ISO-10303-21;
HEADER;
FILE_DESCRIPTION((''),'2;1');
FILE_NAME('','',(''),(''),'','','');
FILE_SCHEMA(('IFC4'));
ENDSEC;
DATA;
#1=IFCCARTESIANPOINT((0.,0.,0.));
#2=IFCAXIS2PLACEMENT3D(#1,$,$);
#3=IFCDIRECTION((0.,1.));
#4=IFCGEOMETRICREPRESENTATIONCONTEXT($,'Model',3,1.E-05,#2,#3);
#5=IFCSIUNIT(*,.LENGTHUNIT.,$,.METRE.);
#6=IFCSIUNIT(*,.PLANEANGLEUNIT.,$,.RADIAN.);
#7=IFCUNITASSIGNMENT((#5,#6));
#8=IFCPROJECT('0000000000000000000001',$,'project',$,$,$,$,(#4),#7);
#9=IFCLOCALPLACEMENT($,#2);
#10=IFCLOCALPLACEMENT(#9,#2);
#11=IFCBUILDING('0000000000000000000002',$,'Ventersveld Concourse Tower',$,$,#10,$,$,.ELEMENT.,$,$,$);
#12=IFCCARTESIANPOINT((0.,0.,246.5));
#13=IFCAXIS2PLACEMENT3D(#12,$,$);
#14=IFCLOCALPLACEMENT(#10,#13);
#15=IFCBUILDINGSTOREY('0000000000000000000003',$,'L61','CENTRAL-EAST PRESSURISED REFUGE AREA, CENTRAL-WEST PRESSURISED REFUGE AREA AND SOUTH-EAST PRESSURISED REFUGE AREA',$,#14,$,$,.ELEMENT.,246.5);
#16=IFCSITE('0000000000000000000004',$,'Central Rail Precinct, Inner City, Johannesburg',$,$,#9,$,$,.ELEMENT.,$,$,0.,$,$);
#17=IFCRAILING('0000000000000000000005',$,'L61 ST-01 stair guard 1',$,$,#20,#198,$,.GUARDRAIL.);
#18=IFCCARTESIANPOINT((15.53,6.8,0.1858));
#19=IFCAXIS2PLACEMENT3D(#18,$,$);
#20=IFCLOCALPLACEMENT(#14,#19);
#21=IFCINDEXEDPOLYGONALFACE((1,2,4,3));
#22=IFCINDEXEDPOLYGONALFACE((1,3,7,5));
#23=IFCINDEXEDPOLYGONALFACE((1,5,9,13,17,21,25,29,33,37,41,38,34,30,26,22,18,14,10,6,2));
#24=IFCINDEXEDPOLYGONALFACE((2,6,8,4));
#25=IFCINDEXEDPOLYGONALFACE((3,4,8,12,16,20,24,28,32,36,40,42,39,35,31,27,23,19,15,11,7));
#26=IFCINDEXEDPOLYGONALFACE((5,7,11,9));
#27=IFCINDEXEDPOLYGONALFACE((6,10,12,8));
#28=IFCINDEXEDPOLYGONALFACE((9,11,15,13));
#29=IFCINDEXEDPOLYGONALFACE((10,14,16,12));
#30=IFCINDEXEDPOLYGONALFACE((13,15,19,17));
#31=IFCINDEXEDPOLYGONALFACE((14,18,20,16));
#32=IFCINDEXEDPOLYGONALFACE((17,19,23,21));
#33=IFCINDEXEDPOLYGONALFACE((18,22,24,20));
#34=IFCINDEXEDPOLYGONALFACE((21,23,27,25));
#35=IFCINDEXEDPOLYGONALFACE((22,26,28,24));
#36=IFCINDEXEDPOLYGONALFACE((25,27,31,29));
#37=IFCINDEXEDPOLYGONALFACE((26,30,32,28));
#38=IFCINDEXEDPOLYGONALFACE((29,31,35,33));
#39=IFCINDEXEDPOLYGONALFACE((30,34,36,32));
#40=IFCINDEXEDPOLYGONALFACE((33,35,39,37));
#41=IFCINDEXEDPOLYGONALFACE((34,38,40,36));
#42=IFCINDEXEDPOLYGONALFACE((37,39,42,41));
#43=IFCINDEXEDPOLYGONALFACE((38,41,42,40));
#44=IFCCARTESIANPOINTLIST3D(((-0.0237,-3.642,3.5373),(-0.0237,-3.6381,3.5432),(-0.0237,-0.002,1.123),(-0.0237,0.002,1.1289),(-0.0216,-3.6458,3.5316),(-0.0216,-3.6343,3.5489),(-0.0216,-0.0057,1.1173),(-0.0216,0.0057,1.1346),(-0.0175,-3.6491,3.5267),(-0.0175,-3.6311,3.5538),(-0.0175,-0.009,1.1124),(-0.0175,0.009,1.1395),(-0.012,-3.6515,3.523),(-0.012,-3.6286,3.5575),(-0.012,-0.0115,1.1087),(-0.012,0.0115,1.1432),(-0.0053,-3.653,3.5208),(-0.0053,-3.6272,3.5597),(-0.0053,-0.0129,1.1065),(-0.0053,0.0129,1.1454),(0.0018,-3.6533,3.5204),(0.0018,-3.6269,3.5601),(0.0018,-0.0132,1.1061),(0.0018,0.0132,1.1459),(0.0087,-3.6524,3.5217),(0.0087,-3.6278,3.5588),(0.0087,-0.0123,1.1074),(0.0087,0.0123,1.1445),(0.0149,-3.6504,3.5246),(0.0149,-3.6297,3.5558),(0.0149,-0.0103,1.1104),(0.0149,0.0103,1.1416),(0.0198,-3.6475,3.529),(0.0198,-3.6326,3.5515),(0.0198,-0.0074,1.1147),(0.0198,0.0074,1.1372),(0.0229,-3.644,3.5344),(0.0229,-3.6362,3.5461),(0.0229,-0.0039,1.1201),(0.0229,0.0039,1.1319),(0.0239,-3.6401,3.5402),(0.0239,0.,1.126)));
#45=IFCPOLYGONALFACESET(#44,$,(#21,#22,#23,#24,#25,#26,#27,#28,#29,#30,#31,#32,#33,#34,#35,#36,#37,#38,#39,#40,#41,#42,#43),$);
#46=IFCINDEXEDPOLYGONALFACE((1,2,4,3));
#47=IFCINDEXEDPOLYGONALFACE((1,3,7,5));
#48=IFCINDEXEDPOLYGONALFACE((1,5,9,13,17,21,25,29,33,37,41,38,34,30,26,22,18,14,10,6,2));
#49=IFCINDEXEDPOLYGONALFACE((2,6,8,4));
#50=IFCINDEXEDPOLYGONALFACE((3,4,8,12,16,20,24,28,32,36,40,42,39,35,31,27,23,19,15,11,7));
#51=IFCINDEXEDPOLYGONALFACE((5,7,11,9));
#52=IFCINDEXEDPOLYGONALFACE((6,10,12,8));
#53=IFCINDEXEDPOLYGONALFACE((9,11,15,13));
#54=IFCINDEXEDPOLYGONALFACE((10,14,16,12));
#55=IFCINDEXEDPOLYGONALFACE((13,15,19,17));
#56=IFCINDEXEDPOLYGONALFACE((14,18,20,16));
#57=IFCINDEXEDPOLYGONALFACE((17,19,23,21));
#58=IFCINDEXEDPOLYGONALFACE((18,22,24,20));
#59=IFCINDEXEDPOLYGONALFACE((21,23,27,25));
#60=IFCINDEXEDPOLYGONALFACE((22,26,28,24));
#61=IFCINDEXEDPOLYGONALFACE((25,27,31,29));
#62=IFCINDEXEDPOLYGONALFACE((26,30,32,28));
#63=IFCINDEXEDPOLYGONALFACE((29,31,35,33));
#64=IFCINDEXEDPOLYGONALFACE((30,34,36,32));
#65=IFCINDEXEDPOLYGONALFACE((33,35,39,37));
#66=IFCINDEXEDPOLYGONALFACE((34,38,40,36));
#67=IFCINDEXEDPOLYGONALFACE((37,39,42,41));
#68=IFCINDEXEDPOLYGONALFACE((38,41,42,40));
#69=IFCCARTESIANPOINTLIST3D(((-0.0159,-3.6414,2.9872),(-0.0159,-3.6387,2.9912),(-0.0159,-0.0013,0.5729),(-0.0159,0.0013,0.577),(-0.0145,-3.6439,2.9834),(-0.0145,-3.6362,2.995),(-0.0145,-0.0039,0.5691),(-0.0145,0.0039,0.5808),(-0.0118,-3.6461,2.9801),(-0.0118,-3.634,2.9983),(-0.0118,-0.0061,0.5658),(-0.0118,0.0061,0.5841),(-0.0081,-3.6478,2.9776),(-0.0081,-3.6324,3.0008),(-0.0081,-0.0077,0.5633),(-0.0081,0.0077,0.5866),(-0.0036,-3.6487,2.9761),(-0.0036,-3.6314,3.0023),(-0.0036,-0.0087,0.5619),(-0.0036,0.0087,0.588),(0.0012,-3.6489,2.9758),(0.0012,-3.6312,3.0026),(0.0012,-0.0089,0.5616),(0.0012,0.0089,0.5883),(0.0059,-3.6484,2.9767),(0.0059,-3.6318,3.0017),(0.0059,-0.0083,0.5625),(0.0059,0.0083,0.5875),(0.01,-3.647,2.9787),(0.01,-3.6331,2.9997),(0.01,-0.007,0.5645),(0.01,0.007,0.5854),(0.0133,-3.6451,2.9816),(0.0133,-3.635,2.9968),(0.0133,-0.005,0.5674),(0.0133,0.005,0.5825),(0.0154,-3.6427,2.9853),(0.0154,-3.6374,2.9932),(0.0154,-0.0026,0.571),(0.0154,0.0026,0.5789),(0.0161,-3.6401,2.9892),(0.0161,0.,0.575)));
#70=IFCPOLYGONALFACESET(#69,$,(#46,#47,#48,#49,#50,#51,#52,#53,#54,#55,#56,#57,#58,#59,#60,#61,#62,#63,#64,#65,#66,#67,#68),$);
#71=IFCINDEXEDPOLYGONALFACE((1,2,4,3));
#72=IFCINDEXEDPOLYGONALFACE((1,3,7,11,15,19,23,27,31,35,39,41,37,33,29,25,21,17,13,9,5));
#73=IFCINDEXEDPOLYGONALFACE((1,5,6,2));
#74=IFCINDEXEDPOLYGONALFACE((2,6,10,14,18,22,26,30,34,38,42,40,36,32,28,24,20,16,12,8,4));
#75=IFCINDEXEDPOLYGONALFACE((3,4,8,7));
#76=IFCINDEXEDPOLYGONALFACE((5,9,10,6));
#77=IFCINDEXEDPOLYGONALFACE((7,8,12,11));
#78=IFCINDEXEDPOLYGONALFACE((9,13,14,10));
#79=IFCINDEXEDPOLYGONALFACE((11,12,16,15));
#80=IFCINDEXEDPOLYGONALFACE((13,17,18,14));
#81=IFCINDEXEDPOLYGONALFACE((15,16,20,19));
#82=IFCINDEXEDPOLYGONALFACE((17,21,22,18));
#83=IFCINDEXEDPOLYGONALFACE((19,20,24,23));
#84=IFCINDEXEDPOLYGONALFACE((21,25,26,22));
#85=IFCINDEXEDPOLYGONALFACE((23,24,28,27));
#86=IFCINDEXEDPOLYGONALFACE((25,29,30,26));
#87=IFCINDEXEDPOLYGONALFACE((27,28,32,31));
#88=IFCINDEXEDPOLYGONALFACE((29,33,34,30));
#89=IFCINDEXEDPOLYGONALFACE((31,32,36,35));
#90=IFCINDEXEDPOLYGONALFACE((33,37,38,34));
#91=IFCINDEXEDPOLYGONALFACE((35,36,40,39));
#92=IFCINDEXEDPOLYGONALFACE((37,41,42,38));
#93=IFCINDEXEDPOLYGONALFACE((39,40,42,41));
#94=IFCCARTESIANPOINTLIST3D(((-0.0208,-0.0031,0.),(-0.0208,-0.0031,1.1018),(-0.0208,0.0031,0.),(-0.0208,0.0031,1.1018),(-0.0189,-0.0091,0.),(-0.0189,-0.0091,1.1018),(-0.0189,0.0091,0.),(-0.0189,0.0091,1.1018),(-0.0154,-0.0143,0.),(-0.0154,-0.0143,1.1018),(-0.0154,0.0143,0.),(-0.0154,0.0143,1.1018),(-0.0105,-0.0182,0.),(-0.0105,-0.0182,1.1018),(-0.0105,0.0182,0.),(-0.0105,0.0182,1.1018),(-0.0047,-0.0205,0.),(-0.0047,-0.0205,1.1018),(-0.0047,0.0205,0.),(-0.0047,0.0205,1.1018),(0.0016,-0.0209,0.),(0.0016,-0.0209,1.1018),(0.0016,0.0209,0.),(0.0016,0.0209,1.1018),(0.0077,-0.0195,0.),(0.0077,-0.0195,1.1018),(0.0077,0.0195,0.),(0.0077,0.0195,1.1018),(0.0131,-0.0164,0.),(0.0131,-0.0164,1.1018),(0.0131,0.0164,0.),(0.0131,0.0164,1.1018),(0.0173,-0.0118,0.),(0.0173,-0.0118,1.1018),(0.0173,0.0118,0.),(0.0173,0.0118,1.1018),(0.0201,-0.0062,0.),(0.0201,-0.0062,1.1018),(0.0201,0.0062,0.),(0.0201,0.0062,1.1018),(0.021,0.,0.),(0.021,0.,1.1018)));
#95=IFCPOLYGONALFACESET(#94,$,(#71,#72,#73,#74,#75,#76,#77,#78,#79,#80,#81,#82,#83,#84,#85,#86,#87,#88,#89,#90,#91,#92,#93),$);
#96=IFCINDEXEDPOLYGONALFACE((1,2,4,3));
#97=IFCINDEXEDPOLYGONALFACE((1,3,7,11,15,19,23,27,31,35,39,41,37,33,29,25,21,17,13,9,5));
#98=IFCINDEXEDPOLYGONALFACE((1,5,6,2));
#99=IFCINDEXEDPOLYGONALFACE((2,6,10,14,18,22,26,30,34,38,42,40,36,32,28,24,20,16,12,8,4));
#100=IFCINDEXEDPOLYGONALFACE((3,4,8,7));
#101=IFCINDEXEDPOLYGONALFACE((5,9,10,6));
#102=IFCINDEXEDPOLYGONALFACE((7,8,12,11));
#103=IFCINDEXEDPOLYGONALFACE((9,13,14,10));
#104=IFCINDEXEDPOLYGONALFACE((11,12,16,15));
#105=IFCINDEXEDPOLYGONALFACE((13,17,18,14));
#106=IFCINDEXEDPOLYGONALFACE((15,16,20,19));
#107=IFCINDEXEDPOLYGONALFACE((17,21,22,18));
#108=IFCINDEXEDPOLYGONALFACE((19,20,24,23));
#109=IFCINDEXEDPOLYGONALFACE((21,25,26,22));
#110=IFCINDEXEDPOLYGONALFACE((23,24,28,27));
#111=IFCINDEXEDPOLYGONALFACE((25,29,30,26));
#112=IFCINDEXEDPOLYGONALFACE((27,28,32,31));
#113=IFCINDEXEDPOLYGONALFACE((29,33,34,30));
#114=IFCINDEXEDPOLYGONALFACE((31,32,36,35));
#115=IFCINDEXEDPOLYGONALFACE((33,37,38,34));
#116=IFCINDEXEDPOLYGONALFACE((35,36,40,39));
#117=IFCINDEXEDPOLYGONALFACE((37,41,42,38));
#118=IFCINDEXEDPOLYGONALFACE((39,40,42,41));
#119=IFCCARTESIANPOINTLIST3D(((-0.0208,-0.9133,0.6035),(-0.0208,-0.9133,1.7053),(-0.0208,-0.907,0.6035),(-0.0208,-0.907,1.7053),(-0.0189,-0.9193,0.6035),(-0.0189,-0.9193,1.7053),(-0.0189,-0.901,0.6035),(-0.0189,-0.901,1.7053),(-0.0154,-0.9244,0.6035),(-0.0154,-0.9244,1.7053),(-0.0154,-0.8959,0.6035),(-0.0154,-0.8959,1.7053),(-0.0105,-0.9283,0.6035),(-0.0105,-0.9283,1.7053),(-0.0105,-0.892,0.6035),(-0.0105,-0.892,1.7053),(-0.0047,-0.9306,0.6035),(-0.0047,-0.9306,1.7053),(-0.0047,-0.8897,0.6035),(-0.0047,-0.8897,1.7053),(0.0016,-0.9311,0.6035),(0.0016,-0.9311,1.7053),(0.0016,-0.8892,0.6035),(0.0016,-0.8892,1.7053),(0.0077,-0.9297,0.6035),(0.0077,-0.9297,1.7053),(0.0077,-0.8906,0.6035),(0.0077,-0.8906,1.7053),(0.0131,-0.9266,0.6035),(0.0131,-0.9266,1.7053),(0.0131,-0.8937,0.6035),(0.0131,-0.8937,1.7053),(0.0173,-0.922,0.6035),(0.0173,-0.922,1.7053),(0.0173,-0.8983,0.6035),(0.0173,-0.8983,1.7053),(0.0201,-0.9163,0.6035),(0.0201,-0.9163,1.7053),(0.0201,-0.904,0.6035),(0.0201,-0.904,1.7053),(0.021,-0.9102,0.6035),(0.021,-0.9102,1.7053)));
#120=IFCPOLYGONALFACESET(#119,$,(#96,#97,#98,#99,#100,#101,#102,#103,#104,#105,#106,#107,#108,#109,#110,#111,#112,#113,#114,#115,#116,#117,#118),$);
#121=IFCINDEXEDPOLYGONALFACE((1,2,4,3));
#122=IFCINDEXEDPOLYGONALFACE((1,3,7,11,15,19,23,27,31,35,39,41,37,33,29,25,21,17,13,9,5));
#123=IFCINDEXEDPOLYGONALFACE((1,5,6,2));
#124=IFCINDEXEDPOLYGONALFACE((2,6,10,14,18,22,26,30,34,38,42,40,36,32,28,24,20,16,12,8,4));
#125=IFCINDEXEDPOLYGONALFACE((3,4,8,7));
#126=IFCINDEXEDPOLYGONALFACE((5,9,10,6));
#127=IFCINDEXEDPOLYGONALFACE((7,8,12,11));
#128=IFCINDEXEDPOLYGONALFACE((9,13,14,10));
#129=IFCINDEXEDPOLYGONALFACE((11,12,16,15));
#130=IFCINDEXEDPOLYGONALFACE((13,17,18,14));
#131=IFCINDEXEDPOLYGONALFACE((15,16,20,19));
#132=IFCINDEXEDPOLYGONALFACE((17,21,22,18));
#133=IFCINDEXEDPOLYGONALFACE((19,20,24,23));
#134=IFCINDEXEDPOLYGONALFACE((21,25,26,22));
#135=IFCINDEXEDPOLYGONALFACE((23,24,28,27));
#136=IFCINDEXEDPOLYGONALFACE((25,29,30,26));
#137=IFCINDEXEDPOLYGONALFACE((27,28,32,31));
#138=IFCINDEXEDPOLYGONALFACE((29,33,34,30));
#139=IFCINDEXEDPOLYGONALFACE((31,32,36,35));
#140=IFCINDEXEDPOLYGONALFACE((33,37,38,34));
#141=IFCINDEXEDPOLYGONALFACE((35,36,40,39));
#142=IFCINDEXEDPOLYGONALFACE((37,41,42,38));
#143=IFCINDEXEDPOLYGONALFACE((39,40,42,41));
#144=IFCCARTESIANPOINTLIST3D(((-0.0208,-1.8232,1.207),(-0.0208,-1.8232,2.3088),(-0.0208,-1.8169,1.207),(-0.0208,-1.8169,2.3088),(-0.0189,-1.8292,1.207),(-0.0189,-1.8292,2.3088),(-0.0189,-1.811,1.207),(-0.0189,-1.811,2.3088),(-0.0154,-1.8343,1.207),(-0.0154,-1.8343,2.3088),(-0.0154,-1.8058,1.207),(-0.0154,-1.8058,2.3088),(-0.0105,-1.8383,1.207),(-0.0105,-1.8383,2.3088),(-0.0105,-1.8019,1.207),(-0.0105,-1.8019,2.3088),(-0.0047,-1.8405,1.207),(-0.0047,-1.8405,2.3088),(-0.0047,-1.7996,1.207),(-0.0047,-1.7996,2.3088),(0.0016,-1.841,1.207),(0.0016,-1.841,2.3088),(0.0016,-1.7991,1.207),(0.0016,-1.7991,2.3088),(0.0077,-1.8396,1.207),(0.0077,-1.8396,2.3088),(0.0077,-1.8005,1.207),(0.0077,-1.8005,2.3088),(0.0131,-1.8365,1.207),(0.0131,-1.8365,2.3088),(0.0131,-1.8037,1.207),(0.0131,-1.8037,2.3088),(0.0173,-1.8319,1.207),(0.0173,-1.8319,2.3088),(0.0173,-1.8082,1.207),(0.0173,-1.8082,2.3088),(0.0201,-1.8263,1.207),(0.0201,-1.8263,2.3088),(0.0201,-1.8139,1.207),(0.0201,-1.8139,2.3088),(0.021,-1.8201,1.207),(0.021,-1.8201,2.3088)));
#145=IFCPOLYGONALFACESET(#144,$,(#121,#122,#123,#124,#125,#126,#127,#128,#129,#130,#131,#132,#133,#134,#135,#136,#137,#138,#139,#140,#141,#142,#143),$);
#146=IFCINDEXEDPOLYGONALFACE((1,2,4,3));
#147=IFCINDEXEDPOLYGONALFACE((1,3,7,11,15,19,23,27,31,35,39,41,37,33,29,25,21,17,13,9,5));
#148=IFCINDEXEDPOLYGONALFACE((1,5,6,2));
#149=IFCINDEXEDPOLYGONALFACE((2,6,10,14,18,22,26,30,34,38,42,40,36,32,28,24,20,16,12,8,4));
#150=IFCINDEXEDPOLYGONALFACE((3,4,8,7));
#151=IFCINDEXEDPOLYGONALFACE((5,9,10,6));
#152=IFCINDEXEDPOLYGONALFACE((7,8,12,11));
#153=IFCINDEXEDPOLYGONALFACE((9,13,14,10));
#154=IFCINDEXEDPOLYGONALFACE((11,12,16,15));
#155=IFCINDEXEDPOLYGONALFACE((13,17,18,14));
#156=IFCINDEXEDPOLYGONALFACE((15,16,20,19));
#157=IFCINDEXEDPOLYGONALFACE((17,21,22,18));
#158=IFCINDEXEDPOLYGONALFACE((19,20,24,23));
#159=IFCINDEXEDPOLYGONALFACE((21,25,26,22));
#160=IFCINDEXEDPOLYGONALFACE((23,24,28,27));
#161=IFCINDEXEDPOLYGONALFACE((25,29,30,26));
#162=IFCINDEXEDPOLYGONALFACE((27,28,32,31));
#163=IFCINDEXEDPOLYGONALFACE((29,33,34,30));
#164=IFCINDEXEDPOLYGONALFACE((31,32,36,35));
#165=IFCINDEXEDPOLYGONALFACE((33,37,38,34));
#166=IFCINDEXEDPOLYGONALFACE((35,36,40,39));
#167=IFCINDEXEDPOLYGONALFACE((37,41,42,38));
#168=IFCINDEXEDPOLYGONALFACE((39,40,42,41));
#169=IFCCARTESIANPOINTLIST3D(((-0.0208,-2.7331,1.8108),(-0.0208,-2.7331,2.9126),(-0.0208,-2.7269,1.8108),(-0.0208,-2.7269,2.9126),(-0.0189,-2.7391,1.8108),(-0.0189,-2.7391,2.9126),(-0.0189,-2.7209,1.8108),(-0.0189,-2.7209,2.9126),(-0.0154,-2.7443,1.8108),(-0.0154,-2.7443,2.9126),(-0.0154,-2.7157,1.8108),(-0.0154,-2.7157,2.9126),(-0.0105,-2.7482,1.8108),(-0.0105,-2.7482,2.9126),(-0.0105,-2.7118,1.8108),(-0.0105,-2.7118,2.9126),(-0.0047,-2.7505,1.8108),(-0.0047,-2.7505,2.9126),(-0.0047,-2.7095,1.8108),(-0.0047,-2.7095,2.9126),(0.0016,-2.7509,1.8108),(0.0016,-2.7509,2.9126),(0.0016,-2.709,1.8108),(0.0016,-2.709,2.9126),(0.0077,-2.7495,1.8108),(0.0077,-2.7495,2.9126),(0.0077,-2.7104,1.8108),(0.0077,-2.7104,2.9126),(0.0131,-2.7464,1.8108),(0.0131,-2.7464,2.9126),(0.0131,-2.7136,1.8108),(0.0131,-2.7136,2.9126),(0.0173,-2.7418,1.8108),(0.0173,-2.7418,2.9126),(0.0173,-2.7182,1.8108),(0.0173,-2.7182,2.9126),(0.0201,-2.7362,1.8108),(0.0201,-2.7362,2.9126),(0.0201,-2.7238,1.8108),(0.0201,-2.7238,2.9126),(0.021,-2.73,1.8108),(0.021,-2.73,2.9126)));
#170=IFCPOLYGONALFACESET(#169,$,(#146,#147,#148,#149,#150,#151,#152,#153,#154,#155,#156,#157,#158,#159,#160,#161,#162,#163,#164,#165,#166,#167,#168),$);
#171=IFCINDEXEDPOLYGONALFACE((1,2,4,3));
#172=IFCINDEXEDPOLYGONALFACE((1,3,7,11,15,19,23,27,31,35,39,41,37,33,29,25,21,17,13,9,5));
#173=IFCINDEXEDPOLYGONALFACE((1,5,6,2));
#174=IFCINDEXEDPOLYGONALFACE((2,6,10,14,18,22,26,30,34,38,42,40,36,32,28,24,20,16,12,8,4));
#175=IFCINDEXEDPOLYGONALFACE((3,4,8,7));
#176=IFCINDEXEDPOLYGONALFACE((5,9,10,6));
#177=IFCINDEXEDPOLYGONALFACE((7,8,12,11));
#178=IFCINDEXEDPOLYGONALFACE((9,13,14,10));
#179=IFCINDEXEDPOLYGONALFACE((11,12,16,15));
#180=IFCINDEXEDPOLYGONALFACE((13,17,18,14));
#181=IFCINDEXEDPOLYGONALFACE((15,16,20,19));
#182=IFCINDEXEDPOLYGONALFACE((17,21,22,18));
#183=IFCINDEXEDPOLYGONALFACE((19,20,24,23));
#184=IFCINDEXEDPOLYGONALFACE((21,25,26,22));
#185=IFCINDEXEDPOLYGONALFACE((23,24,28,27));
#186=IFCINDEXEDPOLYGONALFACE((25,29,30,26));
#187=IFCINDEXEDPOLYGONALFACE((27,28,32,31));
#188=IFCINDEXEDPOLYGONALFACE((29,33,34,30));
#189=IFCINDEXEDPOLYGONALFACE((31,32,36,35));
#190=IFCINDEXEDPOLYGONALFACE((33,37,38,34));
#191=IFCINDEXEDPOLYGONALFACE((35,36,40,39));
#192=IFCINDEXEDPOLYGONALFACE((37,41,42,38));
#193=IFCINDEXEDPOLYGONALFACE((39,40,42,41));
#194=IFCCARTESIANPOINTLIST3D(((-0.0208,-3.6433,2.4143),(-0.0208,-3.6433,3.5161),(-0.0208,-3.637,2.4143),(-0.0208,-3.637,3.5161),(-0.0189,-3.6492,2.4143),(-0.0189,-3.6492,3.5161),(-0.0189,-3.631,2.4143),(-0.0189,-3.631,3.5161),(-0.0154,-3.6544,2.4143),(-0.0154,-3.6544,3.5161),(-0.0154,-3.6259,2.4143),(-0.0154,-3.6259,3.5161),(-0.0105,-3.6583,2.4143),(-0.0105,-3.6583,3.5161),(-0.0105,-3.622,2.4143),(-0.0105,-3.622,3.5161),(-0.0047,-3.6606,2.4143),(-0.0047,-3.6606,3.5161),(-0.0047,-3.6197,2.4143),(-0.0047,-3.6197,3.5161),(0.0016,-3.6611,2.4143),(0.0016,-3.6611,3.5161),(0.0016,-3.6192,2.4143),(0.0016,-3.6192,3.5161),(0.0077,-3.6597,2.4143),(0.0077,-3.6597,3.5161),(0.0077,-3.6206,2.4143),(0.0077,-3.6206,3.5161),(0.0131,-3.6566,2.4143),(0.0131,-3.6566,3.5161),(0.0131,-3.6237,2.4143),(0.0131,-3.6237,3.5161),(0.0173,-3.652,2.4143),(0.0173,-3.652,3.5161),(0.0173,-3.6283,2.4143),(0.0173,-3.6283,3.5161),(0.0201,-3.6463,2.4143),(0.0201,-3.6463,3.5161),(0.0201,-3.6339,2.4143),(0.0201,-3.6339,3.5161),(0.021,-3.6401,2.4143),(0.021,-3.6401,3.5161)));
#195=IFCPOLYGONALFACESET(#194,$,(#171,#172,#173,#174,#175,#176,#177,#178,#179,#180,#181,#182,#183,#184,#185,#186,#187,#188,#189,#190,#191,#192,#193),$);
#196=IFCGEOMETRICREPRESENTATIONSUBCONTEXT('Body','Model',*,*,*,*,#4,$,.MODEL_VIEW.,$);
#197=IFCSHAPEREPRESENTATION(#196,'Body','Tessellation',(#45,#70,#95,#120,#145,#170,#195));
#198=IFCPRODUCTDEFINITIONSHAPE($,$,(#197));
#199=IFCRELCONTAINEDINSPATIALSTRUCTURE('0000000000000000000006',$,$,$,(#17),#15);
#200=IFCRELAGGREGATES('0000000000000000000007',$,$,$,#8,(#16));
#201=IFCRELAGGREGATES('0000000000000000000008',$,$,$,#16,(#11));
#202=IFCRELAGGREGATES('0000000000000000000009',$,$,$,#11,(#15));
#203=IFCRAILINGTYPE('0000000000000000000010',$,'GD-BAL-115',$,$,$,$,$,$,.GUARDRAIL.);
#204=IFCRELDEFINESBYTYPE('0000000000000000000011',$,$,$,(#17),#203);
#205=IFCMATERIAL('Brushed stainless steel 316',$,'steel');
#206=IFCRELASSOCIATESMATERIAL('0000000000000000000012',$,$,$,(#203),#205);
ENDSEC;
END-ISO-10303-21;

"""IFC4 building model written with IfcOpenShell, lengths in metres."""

from ifc_helpers import new_model, si_unit, direction, frame, origin, origin_2d, place, context, subcontext, project, spatial, circle, extrude, material, type_object, element, save


model = new_model("IFC4")

# Units and contexts
model_context = context("Model", 3, precision=1e-05, world=origin(), true_north=direction((0.0, 1.0)))
body_context = subcontext(model_context, "Body", "Model", "MODEL_VIEW")
ifc_project = project(units=[si_unit("LENGTHUNIT", "METRE"), si_unit("PLANEANGLEUNIT", "RADIAN")], contexts=[model_context])

# Site, building, storey
site_placement = place(None, origin())
site = spatial("IfcSite", under=ifc_project, at=site_placement, Name="Central Rail Precinct, Inner City, Johannesburg", CompositionType="ELEMENT", RefElevation=0.0)
building_placement = place(site_placement, origin())
building = spatial("IfcBuilding", under=site, at=building_placement, Name="Ventersveld Concourse Tower", CompositionType="ELEMENT")
storey_placement = place(building_placement, frame((0.0, 0.0, 246.5)))
storey = spatial("IfcBuildingStorey", under=building, at=storey_placement, Name="L61", Description="CENTRAL-EAST PRESSURISED REFUGE AREA, CENTRAL-WEST PRESSURISED REFUGE AREA AND SOUTH-EAST PRESSURISED REFUGE AREA", CompositionType="ELEMENT", Elevation=246.5)

# Shared definitions
ifc_material_1 = material(Name="Brushed stainless steel 316", Category="steel")

# Railing
railing_type_1 = type_object("IfcRailingType", Name="GD-BAL-115", PredefinedType="GUARDRAIL", material=ifc_material_1)
railing_1_placement = place(storey_placement, frame((15.53, 6.8, 0.1858)))
element("IfcRailing", 1, at=railing_1_placement, inside=storey, type_object=railing_type_1, Name="L61 ST-01 stair guard 1", PredefinedType="GUARDRAIL", context=body_context, shape_type="SweptSolid", body=[
    extrude(circle(Radius=0.0239, at=origin_2d()), frame((0.0, 0.0, 1.126), z_axis=(0.0, -0.833364, 0.552725), x_axis=(1.0, 0.0, 0.0)), (0.0, 0.0, 1.0), 4.3679),
    extrude(circle(Radius=0.0161, at=origin_2d()), frame((0.0, 0.0, 0.575), z_axis=(0.0, -0.833364, 0.552725), x_axis=(1.0, 0.0, 0.0)), (0.0, 0.0, 1.0), 4.3679),
    extrude(circle(Radius=0.021, at=origin_2d()), origin(), (0.0, 0.0, 1.0), 1.1018),
    extrude(circle(Radius=0.021, at=origin_2d()), frame((0.0, -0.9102, 0.6035)), (0.0, 0.0, 1.0), 1.1018),
    extrude(circle(Radius=0.021, at=origin_2d()), frame((0.0, -1.8201, 1.207)), (0.0, 0.0, 1.0), 1.1018),
    extrude(circle(Radius=0.021, at=origin_2d()), frame((0.0, -2.73, 1.8108)), (0.0, 0.0, 1.0), 1.1018),
    extrude(circle(Radius=0.021, at=origin_2d()), frame((0.0, -3.6401, 2.4143)), (0.0, 0.0, 1.0), 1.1018),
])

save(model, "model.ifc")
